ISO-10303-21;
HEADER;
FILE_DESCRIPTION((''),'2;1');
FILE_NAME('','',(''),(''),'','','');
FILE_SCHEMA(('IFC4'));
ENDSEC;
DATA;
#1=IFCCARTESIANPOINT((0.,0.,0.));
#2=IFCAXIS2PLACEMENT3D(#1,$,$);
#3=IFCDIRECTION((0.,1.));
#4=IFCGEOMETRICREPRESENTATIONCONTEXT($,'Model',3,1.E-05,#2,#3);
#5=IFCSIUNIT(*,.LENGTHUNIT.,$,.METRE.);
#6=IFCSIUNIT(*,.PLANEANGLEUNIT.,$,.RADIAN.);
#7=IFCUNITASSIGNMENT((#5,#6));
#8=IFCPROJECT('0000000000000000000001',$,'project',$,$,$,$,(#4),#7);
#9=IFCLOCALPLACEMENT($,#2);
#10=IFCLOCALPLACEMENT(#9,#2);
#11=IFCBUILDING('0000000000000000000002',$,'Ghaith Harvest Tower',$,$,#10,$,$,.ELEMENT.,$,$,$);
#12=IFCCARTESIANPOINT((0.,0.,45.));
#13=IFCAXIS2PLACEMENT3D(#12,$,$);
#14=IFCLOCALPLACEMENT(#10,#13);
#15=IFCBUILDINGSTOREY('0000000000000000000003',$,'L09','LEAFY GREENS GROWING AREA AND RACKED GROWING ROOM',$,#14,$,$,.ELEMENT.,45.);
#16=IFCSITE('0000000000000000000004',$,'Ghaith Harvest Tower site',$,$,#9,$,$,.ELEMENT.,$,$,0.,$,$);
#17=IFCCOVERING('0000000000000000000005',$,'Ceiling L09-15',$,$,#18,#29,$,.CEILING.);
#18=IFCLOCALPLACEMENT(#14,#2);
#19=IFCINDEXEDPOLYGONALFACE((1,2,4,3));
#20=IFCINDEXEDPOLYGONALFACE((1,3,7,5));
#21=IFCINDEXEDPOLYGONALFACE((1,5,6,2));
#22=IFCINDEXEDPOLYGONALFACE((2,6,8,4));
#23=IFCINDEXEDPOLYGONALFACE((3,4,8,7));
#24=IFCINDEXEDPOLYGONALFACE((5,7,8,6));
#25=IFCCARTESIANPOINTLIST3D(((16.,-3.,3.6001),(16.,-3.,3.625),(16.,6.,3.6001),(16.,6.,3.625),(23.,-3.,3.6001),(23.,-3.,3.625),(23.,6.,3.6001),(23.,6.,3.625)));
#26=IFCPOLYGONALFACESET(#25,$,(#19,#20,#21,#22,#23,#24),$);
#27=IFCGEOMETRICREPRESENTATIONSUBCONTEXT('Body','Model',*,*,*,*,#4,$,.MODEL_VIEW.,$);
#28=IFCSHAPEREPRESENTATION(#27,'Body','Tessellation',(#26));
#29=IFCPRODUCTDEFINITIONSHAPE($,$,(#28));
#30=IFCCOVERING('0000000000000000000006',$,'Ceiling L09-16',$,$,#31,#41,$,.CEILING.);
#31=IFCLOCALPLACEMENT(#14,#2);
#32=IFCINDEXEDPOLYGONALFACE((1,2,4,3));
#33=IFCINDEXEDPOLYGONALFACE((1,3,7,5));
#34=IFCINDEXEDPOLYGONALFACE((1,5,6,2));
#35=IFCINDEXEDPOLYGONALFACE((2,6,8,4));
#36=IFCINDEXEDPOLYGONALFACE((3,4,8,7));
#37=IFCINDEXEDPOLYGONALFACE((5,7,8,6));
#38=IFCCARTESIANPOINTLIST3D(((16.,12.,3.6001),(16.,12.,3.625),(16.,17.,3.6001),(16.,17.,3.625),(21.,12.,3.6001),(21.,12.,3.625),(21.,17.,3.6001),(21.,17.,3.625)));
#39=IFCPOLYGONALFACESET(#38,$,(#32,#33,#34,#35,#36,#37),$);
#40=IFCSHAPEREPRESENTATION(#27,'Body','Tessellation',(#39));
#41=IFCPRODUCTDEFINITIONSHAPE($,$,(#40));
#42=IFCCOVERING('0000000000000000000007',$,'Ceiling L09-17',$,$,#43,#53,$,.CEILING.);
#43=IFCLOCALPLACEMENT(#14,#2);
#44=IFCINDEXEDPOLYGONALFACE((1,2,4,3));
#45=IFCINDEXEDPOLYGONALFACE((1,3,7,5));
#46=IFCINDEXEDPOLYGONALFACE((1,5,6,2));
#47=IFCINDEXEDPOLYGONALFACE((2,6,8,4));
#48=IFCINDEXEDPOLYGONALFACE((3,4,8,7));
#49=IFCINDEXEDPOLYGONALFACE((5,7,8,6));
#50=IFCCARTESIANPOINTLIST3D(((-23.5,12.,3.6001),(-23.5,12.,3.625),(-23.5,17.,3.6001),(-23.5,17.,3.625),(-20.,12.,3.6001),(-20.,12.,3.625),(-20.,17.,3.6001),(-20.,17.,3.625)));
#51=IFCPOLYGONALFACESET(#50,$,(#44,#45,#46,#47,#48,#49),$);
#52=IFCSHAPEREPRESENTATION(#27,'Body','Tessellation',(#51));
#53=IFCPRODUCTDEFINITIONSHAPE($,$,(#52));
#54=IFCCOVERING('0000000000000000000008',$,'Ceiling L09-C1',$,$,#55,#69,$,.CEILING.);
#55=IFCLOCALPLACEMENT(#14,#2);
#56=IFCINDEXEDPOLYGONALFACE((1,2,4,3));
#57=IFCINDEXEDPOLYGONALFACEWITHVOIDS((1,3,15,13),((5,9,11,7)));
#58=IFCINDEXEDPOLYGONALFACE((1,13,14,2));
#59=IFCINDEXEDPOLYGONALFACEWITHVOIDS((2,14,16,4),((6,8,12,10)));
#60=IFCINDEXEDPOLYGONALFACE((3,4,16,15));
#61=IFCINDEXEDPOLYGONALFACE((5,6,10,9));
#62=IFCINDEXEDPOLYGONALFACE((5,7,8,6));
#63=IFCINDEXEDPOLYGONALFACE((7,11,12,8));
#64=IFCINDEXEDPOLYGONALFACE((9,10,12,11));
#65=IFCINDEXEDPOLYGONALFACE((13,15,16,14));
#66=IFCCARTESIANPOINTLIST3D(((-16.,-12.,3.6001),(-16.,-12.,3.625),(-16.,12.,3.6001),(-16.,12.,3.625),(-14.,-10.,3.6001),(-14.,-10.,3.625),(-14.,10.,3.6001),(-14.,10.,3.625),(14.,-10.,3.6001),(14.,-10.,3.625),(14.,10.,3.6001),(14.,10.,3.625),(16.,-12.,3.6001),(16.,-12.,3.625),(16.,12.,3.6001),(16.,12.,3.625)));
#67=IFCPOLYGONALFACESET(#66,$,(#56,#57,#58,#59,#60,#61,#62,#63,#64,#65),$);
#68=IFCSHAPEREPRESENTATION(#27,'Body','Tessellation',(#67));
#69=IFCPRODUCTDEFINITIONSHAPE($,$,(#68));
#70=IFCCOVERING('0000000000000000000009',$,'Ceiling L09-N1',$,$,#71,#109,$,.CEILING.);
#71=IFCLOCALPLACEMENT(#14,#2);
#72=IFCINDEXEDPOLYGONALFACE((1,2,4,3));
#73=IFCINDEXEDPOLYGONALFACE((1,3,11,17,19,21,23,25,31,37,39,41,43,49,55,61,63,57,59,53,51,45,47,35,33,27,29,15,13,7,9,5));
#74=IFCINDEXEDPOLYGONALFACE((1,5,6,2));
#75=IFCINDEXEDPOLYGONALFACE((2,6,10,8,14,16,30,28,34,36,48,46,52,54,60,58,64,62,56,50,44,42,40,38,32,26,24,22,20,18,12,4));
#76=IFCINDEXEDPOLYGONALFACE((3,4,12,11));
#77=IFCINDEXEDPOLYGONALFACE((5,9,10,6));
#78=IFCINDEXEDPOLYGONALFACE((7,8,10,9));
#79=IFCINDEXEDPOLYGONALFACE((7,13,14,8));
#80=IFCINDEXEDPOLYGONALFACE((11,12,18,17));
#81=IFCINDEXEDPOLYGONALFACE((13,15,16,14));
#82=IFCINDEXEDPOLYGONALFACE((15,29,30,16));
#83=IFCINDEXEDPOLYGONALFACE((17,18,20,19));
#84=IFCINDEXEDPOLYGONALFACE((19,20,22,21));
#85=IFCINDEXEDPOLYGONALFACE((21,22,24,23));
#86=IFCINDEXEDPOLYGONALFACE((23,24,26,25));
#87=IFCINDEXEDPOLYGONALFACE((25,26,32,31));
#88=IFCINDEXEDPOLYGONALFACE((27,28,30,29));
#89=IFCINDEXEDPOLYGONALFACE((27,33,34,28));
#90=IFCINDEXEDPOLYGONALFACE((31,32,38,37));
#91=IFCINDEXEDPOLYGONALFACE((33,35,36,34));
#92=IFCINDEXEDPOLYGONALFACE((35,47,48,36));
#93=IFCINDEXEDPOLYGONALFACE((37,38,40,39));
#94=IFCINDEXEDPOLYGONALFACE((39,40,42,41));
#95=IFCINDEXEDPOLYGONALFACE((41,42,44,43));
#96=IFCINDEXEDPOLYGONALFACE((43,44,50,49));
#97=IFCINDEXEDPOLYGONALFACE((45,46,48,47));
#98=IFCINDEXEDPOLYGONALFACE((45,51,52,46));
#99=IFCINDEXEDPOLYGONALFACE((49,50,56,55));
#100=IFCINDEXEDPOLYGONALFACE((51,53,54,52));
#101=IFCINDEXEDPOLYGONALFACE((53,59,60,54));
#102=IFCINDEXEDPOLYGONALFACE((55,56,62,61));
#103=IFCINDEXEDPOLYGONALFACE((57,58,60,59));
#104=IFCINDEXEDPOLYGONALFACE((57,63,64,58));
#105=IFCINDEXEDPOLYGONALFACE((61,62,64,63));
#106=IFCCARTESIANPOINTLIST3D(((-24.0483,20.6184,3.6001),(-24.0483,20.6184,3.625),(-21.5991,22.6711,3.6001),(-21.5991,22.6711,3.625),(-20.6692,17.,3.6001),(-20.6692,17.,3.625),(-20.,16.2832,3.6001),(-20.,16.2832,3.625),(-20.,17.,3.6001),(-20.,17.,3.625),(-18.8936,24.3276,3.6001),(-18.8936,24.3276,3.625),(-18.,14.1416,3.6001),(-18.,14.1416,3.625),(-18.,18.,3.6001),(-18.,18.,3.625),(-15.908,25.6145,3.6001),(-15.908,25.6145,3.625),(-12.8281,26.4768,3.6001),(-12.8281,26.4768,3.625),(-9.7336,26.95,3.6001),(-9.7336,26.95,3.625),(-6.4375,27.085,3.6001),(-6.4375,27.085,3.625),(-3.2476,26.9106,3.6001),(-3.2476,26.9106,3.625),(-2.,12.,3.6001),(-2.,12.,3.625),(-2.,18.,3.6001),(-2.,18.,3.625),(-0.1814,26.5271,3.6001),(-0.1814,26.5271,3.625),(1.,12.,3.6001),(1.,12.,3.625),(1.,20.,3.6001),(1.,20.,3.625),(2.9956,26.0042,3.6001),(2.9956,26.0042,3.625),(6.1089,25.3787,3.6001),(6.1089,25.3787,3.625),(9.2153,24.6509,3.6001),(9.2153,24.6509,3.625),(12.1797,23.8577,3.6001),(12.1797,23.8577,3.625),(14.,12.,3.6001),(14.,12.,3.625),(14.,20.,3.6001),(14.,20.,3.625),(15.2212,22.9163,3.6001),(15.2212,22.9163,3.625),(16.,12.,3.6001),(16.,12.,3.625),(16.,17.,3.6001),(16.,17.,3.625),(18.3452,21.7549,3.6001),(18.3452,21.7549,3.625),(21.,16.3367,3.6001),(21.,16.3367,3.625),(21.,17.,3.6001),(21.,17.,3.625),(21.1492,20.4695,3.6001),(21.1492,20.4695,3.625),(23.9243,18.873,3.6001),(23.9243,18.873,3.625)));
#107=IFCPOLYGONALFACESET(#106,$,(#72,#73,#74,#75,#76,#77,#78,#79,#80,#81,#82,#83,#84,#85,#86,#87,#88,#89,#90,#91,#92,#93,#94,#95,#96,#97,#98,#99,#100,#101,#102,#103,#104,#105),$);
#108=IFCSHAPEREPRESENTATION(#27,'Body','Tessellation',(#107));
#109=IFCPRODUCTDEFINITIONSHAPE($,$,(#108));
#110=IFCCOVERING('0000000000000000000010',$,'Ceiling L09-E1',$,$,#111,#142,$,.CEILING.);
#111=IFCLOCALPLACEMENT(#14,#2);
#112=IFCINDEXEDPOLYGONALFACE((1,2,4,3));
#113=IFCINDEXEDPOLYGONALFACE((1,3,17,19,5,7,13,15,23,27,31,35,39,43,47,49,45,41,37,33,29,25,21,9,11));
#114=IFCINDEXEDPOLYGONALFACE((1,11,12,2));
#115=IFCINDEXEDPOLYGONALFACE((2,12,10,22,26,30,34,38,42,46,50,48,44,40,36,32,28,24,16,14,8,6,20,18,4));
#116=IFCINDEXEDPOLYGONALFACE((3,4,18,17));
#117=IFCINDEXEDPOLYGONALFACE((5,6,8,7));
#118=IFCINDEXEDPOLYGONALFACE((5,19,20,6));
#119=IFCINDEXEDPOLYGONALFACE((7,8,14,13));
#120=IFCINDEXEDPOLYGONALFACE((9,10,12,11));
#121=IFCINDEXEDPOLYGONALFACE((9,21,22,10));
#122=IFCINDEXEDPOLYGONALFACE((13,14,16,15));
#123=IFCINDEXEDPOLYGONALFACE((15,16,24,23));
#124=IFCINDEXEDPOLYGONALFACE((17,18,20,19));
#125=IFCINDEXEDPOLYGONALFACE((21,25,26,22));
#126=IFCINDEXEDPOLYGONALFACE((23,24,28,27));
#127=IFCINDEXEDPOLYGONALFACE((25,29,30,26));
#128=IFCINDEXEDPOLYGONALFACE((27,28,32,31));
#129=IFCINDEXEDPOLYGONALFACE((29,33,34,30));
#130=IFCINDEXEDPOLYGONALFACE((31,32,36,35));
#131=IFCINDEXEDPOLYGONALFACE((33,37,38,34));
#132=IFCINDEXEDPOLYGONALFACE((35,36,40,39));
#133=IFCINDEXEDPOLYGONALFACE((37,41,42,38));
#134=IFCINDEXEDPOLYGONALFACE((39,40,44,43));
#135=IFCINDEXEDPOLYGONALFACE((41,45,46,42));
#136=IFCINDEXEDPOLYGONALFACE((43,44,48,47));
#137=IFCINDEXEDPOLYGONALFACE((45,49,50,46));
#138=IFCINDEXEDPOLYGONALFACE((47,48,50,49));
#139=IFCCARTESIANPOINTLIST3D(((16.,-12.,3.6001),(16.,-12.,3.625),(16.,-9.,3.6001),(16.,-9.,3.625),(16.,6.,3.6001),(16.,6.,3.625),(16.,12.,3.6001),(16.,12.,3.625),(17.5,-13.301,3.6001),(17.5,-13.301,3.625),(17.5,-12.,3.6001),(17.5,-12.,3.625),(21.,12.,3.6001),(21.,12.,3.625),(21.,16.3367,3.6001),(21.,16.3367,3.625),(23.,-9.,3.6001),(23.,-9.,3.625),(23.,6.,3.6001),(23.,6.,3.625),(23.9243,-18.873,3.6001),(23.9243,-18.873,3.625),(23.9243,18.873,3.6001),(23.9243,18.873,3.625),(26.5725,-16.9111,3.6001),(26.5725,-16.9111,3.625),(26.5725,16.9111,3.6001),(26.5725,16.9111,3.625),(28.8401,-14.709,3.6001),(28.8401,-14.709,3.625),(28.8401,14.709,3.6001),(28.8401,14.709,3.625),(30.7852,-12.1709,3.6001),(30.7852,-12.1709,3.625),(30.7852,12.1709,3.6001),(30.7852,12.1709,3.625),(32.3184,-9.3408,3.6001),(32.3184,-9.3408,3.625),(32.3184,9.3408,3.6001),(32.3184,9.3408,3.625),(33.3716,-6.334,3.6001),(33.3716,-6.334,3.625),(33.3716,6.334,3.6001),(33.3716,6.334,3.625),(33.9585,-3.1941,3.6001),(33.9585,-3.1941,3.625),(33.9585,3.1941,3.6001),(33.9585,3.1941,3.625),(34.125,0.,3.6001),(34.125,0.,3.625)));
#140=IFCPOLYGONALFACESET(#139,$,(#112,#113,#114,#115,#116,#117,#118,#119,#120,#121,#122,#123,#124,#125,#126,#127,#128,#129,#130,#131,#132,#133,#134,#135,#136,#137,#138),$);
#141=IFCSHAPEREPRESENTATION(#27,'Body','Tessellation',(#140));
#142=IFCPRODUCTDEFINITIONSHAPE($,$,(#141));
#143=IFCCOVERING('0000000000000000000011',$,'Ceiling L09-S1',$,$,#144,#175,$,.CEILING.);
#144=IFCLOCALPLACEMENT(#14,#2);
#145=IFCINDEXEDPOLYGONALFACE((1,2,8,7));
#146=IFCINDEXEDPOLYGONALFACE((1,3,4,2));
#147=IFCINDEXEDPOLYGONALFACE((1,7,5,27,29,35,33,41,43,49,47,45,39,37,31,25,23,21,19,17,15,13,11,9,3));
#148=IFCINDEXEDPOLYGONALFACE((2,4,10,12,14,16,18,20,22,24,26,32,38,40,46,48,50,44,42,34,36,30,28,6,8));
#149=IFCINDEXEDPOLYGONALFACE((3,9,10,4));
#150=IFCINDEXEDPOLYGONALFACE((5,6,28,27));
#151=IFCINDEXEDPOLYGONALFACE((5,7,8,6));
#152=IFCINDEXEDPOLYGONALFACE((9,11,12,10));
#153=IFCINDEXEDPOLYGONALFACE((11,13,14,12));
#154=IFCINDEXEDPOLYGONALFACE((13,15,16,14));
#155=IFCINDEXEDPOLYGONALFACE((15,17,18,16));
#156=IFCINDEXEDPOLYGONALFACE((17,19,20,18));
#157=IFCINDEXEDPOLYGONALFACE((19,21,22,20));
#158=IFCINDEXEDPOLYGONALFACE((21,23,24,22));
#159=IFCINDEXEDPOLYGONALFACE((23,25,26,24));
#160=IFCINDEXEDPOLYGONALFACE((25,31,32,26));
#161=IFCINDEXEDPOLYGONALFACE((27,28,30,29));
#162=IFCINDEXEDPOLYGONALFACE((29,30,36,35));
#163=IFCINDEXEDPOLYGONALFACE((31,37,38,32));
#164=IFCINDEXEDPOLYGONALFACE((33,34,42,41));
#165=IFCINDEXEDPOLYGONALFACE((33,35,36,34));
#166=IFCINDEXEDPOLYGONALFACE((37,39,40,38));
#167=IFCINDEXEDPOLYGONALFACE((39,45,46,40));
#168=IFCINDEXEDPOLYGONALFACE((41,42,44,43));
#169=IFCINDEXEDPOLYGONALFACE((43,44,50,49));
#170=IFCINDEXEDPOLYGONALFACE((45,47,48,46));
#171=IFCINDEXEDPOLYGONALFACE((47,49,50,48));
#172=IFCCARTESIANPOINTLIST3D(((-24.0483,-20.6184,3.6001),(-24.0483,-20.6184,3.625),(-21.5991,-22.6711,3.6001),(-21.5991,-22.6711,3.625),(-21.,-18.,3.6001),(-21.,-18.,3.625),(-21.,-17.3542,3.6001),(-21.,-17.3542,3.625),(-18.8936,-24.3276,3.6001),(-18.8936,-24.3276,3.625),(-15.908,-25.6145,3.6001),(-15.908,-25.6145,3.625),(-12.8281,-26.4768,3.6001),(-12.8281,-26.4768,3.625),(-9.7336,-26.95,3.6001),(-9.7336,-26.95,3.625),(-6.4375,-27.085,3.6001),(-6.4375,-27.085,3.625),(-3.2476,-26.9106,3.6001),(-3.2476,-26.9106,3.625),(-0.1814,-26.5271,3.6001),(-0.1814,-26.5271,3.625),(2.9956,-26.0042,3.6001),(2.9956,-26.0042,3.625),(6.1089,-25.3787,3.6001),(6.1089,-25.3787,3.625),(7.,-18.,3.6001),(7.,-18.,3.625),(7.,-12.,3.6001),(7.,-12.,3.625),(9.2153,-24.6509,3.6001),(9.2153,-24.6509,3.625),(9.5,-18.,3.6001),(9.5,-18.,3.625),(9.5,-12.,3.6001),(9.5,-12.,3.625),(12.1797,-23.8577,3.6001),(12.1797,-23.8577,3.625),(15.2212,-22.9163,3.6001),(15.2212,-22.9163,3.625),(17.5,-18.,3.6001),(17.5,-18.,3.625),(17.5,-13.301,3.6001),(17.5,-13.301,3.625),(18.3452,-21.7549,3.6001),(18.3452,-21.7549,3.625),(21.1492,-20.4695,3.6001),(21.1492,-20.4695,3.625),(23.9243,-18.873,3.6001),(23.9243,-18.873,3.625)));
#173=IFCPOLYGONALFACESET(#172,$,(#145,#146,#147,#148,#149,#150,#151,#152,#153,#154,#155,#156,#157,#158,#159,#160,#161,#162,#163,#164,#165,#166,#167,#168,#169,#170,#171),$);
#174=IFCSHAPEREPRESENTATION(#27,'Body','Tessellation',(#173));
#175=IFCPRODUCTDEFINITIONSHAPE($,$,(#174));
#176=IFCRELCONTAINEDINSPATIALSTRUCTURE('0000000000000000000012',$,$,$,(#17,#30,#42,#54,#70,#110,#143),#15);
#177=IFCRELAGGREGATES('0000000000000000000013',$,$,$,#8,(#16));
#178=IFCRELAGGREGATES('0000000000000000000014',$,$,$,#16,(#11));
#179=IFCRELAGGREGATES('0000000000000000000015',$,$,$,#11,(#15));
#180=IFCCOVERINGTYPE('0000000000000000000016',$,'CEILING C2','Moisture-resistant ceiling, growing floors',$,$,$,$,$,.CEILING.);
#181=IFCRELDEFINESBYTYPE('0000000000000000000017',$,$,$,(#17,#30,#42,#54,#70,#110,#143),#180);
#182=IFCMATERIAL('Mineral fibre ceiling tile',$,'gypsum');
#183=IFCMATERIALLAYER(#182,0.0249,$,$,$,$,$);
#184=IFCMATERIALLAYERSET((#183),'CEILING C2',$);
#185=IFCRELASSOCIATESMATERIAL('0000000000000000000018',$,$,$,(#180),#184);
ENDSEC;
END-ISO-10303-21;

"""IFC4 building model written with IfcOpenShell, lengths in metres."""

from ifc_helpers import new_model, si_unit, direction, frame, origin, place, context, subcontext, project, spatial, polyline, outline, extrude, material, layer, layer_set, type_object, element, save


model = new_model("IFC4")

# Units and contexts
model_context = context("Model", 3, precision=1e-05, world=origin(), true_north=direction((0.0, 1.0)))
body_context = subcontext(model_context, "Body", "Model", "MODEL_VIEW")
ifc_project = project(units=[si_unit("LENGTHUNIT", "METRE"), si_unit("PLANEANGLEUNIT", "RADIAN")], contexts=[model_context])

# Site, building, storey
site_placement = place(None, origin())
site = spatial("IfcSite", under=ifc_project, at=site_placement, Name="Ghaith Harvest Tower site", CompositionType="ELEMENT", RefElevation=0.0)
building_placement = place(site_placement, origin())
building = spatial("IfcBuilding", under=site, at=building_placement, Name="Ghaith Harvest Tower", CompositionType="ELEMENT")
storey_placement = place(building_placement, frame((0.0, 0.0, 45.0)))
storey = spatial("IfcBuildingStorey", under=building, at=storey_placement, Name="L09", Description="LEAFY GREENS GROWING AREA AND RACKED GROWING ROOM", CompositionType="ELEMENT", Elevation=45.0)

# Coverings
ifc_material_1 = material(Name="Mineral fibre ceiling tile", Category="gypsum")
ifc_layer_1 = layer(ifc_material_1, 0.0249)
ifc_layer_set_1 = layer_set([ifc_layer_1], Name="CEILING C2")
covering_type = type_object("IfcCoveringType", Name="CEILING C2", Description="Moisture-resistant ceiling, growing floors", PredefinedType="CEILING", material=ifc_layer_set_1)
covering_1_placement = place(storey_placement, frame((0.0, 0.0, 3.6001)))
element("IfcCovering", 1, at=covering_1_placement, inside=storey, type_object=covering_type, Name="Ceiling L09-15", PredefinedType="CEILING", context=body_context, shape_type="SweptSolid", body=[
    extrude(outline(polyline([(16.0, -3.0), (23.0, -3.0), (23.0, 6.0), (16.0, 6.0), (16.0, -3.0)])), origin(), (0.0, 0.0, 1.0), 0.0249),
])
covering_2_placement = place(storey_placement, frame((0.0, 0.0, 3.6001)))
element("IfcCovering", 2, at=covering_2_placement, inside=storey, type_object=covering_type, Name="Ceiling L09-16", PredefinedType="CEILING", context=body_context, shape_type="SweptSolid", body=[
    extrude(outline(polyline([(16.0, 12.0), (21.0, 12.0), (21.0, 17.0), (16.0, 17.0), (16.0, 12.0)])), origin(), (0.0, 0.0, 1.0), 0.0249),
])
covering_3_placement = place(storey_placement, frame((0.0, 0.0, 3.6001)))
element("IfcCovering", 3, at=covering_3_placement, inside=storey, type_object=covering_type, Name="Ceiling L09-17", PredefinedType="CEILING", context=body_context, shape_type="SweptSolid", body=[
    extrude(outline(polyline([(-23.5, 12.0), (-20.0, 12.0), (-20.0, 17.0), (-23.5, 17.0), (-23.5, 12.0)])), origin(), (0.0, 0.0, 1.0), 0.0249),
])
covering_4_placement = place(storey_placement, frame((0.0, 0.0, 3.6001)))
element("IfcCovering", 4, at=covering_4_placement, inside=storey, type_object=covering_type, Name="Ceiling L09-C1", PredefinedType="CEILING", context=body_context, shape_type="SweptSolid", body=[
    extrude(outline(polyline([(16.0, -12.0), (-16.0, -12.0), (-16.0, 12.0), (16.0, 12.0), (16.0, -12.0)]), holes=[polyline([(-14.0, 10.0), (-14.0, -10.0), (14.0, -10.0), (14.0, 10.0), (-14.0, 10.0)])]), origin(), (0.0, 0.0, 1.0), 0.0249),
])
covering_5_placement = place(storey_placement, frame((0.0, 0.0, 3.6001)))
element("IfcCovering", 5, at=covering_5_placement, inside=storey, type_object=covering_type, Name="Ceiling L09-N1", PredefinedType="CEILING", context=body_context, shape_type="SweptSolid", body=[
    extrude(outline(polyline([(-21.5991, 22.6711), (-18.8936, 24.3276), (-15.908, 25.6145), (-12.8281, 26.4768), (-9.7336, 26.95), (-6.4375, 27.085), (-3.2476, 26.9106), (-0.1814, 26.5271), (2.9956, 26.0042), (6.1089, 25.3787), (9.2153, 24.6509), (12.1797, 23.8577), (15.2212, 22.9163), (18.3452, 21.7549), (21.1492, 20.4695), (23.9243, 18.873), (21.0, 16.3367), (21.0, 17.0), (16.0, 17.0), (16.0, 12.0), (14.0, 12.0), (14.0, 20.0), (1.0, 20.0), (1.0, 12.0), (-2.0, 12.0), (-2.0, 18.0), (-18.0, 18.0), (-18.0, 14.1416), (-20.0, 16.2832), (-20.0, 17.0), (-20.6692, 17.0), (-24.0483, 20.6184), (-21.5991, 22.6711)])), origin(), (0.0, 0.0, 1.0), 0.0249),
])
covering_6_placement = place(storey_placement, frame((0.0, 0.0, 3.6001)))
element("IfcCovering", 6, at=covering_6_placement, inside=storey, type_object=covering_type, Name="Ceiling L09-E1", PredefinedType="CEILING", context=body_context, shape_type="SweptSolid", body=[
    extrude(outline(polyline([(26.5725, 16.9111), (28.8401, 14.709), (30.7852, 12.1709), (32.3184, 9.3408), (33.3716, 6.334), (33.9585, 3.1941), (34.125, 0.0), (33.9585, -3.1941), (33.3716, -6.334), (32.3184, -9.3408), (30.7852, -12.1709), (28.8401, -14.709), (26.5725, -16.9111), (23.9243, -18.873), (17.5, -13.301), (17.5, -12.0), (16.0, -12.0), (16.0, -9.0), (23.0, -9.0), (23.0, 6.0), (16.0, 6.0), (16.0, 12.0), (21.0, 12.0), (21.0, 16.3367), (23.9243, 18.873), (26.5725, 16.9111)])), origin(), (0.0, 0.0, 1.0), 0.0249),
])
covering_7_placement = place(storey_placement, frame((0.0, 0.0, 3.6001)))
element("IfcCovering", 7, at=covering_7_placement, inside=storey, type_object=covering_type, Name="Ceiling L09-S1", PredefinedType="CEILING", context=body_context, shape_type="SweptSolid", body=[
    extrude(outline(polyline([(-15.908, -25.6145), (-18.8936, -24.3276), (-21.5991, -22.6711), (-24.0483, -20.6184), (-21.0, -17.3542), (-21.0, -18.0), (7.0, -18.0), (7.0, -12.0), (9.5, -12.0), (9.5, -18.0), (17.5, -18.0), (17.5, -13.301), (23.9243, -18.873), (21.1492, -20.4695), (18.3452, -21.7549), (15.2212, -22.9163), (12.1797, -23.8577), (9.2153, -24.6509), (6.1089, -25.3787), (2.9956, -26.0042), (-0.1814, -26.5271), (-3.2476, -26.9106), (-6.4375, -27.085), (-9.7336, -26.95), (-12.8281, -26.4768), (-15.908, -25.6145)])), origin(), (0.0, 0.0, 1.0), 0.0249),
])

save(model, "model.ifc")
